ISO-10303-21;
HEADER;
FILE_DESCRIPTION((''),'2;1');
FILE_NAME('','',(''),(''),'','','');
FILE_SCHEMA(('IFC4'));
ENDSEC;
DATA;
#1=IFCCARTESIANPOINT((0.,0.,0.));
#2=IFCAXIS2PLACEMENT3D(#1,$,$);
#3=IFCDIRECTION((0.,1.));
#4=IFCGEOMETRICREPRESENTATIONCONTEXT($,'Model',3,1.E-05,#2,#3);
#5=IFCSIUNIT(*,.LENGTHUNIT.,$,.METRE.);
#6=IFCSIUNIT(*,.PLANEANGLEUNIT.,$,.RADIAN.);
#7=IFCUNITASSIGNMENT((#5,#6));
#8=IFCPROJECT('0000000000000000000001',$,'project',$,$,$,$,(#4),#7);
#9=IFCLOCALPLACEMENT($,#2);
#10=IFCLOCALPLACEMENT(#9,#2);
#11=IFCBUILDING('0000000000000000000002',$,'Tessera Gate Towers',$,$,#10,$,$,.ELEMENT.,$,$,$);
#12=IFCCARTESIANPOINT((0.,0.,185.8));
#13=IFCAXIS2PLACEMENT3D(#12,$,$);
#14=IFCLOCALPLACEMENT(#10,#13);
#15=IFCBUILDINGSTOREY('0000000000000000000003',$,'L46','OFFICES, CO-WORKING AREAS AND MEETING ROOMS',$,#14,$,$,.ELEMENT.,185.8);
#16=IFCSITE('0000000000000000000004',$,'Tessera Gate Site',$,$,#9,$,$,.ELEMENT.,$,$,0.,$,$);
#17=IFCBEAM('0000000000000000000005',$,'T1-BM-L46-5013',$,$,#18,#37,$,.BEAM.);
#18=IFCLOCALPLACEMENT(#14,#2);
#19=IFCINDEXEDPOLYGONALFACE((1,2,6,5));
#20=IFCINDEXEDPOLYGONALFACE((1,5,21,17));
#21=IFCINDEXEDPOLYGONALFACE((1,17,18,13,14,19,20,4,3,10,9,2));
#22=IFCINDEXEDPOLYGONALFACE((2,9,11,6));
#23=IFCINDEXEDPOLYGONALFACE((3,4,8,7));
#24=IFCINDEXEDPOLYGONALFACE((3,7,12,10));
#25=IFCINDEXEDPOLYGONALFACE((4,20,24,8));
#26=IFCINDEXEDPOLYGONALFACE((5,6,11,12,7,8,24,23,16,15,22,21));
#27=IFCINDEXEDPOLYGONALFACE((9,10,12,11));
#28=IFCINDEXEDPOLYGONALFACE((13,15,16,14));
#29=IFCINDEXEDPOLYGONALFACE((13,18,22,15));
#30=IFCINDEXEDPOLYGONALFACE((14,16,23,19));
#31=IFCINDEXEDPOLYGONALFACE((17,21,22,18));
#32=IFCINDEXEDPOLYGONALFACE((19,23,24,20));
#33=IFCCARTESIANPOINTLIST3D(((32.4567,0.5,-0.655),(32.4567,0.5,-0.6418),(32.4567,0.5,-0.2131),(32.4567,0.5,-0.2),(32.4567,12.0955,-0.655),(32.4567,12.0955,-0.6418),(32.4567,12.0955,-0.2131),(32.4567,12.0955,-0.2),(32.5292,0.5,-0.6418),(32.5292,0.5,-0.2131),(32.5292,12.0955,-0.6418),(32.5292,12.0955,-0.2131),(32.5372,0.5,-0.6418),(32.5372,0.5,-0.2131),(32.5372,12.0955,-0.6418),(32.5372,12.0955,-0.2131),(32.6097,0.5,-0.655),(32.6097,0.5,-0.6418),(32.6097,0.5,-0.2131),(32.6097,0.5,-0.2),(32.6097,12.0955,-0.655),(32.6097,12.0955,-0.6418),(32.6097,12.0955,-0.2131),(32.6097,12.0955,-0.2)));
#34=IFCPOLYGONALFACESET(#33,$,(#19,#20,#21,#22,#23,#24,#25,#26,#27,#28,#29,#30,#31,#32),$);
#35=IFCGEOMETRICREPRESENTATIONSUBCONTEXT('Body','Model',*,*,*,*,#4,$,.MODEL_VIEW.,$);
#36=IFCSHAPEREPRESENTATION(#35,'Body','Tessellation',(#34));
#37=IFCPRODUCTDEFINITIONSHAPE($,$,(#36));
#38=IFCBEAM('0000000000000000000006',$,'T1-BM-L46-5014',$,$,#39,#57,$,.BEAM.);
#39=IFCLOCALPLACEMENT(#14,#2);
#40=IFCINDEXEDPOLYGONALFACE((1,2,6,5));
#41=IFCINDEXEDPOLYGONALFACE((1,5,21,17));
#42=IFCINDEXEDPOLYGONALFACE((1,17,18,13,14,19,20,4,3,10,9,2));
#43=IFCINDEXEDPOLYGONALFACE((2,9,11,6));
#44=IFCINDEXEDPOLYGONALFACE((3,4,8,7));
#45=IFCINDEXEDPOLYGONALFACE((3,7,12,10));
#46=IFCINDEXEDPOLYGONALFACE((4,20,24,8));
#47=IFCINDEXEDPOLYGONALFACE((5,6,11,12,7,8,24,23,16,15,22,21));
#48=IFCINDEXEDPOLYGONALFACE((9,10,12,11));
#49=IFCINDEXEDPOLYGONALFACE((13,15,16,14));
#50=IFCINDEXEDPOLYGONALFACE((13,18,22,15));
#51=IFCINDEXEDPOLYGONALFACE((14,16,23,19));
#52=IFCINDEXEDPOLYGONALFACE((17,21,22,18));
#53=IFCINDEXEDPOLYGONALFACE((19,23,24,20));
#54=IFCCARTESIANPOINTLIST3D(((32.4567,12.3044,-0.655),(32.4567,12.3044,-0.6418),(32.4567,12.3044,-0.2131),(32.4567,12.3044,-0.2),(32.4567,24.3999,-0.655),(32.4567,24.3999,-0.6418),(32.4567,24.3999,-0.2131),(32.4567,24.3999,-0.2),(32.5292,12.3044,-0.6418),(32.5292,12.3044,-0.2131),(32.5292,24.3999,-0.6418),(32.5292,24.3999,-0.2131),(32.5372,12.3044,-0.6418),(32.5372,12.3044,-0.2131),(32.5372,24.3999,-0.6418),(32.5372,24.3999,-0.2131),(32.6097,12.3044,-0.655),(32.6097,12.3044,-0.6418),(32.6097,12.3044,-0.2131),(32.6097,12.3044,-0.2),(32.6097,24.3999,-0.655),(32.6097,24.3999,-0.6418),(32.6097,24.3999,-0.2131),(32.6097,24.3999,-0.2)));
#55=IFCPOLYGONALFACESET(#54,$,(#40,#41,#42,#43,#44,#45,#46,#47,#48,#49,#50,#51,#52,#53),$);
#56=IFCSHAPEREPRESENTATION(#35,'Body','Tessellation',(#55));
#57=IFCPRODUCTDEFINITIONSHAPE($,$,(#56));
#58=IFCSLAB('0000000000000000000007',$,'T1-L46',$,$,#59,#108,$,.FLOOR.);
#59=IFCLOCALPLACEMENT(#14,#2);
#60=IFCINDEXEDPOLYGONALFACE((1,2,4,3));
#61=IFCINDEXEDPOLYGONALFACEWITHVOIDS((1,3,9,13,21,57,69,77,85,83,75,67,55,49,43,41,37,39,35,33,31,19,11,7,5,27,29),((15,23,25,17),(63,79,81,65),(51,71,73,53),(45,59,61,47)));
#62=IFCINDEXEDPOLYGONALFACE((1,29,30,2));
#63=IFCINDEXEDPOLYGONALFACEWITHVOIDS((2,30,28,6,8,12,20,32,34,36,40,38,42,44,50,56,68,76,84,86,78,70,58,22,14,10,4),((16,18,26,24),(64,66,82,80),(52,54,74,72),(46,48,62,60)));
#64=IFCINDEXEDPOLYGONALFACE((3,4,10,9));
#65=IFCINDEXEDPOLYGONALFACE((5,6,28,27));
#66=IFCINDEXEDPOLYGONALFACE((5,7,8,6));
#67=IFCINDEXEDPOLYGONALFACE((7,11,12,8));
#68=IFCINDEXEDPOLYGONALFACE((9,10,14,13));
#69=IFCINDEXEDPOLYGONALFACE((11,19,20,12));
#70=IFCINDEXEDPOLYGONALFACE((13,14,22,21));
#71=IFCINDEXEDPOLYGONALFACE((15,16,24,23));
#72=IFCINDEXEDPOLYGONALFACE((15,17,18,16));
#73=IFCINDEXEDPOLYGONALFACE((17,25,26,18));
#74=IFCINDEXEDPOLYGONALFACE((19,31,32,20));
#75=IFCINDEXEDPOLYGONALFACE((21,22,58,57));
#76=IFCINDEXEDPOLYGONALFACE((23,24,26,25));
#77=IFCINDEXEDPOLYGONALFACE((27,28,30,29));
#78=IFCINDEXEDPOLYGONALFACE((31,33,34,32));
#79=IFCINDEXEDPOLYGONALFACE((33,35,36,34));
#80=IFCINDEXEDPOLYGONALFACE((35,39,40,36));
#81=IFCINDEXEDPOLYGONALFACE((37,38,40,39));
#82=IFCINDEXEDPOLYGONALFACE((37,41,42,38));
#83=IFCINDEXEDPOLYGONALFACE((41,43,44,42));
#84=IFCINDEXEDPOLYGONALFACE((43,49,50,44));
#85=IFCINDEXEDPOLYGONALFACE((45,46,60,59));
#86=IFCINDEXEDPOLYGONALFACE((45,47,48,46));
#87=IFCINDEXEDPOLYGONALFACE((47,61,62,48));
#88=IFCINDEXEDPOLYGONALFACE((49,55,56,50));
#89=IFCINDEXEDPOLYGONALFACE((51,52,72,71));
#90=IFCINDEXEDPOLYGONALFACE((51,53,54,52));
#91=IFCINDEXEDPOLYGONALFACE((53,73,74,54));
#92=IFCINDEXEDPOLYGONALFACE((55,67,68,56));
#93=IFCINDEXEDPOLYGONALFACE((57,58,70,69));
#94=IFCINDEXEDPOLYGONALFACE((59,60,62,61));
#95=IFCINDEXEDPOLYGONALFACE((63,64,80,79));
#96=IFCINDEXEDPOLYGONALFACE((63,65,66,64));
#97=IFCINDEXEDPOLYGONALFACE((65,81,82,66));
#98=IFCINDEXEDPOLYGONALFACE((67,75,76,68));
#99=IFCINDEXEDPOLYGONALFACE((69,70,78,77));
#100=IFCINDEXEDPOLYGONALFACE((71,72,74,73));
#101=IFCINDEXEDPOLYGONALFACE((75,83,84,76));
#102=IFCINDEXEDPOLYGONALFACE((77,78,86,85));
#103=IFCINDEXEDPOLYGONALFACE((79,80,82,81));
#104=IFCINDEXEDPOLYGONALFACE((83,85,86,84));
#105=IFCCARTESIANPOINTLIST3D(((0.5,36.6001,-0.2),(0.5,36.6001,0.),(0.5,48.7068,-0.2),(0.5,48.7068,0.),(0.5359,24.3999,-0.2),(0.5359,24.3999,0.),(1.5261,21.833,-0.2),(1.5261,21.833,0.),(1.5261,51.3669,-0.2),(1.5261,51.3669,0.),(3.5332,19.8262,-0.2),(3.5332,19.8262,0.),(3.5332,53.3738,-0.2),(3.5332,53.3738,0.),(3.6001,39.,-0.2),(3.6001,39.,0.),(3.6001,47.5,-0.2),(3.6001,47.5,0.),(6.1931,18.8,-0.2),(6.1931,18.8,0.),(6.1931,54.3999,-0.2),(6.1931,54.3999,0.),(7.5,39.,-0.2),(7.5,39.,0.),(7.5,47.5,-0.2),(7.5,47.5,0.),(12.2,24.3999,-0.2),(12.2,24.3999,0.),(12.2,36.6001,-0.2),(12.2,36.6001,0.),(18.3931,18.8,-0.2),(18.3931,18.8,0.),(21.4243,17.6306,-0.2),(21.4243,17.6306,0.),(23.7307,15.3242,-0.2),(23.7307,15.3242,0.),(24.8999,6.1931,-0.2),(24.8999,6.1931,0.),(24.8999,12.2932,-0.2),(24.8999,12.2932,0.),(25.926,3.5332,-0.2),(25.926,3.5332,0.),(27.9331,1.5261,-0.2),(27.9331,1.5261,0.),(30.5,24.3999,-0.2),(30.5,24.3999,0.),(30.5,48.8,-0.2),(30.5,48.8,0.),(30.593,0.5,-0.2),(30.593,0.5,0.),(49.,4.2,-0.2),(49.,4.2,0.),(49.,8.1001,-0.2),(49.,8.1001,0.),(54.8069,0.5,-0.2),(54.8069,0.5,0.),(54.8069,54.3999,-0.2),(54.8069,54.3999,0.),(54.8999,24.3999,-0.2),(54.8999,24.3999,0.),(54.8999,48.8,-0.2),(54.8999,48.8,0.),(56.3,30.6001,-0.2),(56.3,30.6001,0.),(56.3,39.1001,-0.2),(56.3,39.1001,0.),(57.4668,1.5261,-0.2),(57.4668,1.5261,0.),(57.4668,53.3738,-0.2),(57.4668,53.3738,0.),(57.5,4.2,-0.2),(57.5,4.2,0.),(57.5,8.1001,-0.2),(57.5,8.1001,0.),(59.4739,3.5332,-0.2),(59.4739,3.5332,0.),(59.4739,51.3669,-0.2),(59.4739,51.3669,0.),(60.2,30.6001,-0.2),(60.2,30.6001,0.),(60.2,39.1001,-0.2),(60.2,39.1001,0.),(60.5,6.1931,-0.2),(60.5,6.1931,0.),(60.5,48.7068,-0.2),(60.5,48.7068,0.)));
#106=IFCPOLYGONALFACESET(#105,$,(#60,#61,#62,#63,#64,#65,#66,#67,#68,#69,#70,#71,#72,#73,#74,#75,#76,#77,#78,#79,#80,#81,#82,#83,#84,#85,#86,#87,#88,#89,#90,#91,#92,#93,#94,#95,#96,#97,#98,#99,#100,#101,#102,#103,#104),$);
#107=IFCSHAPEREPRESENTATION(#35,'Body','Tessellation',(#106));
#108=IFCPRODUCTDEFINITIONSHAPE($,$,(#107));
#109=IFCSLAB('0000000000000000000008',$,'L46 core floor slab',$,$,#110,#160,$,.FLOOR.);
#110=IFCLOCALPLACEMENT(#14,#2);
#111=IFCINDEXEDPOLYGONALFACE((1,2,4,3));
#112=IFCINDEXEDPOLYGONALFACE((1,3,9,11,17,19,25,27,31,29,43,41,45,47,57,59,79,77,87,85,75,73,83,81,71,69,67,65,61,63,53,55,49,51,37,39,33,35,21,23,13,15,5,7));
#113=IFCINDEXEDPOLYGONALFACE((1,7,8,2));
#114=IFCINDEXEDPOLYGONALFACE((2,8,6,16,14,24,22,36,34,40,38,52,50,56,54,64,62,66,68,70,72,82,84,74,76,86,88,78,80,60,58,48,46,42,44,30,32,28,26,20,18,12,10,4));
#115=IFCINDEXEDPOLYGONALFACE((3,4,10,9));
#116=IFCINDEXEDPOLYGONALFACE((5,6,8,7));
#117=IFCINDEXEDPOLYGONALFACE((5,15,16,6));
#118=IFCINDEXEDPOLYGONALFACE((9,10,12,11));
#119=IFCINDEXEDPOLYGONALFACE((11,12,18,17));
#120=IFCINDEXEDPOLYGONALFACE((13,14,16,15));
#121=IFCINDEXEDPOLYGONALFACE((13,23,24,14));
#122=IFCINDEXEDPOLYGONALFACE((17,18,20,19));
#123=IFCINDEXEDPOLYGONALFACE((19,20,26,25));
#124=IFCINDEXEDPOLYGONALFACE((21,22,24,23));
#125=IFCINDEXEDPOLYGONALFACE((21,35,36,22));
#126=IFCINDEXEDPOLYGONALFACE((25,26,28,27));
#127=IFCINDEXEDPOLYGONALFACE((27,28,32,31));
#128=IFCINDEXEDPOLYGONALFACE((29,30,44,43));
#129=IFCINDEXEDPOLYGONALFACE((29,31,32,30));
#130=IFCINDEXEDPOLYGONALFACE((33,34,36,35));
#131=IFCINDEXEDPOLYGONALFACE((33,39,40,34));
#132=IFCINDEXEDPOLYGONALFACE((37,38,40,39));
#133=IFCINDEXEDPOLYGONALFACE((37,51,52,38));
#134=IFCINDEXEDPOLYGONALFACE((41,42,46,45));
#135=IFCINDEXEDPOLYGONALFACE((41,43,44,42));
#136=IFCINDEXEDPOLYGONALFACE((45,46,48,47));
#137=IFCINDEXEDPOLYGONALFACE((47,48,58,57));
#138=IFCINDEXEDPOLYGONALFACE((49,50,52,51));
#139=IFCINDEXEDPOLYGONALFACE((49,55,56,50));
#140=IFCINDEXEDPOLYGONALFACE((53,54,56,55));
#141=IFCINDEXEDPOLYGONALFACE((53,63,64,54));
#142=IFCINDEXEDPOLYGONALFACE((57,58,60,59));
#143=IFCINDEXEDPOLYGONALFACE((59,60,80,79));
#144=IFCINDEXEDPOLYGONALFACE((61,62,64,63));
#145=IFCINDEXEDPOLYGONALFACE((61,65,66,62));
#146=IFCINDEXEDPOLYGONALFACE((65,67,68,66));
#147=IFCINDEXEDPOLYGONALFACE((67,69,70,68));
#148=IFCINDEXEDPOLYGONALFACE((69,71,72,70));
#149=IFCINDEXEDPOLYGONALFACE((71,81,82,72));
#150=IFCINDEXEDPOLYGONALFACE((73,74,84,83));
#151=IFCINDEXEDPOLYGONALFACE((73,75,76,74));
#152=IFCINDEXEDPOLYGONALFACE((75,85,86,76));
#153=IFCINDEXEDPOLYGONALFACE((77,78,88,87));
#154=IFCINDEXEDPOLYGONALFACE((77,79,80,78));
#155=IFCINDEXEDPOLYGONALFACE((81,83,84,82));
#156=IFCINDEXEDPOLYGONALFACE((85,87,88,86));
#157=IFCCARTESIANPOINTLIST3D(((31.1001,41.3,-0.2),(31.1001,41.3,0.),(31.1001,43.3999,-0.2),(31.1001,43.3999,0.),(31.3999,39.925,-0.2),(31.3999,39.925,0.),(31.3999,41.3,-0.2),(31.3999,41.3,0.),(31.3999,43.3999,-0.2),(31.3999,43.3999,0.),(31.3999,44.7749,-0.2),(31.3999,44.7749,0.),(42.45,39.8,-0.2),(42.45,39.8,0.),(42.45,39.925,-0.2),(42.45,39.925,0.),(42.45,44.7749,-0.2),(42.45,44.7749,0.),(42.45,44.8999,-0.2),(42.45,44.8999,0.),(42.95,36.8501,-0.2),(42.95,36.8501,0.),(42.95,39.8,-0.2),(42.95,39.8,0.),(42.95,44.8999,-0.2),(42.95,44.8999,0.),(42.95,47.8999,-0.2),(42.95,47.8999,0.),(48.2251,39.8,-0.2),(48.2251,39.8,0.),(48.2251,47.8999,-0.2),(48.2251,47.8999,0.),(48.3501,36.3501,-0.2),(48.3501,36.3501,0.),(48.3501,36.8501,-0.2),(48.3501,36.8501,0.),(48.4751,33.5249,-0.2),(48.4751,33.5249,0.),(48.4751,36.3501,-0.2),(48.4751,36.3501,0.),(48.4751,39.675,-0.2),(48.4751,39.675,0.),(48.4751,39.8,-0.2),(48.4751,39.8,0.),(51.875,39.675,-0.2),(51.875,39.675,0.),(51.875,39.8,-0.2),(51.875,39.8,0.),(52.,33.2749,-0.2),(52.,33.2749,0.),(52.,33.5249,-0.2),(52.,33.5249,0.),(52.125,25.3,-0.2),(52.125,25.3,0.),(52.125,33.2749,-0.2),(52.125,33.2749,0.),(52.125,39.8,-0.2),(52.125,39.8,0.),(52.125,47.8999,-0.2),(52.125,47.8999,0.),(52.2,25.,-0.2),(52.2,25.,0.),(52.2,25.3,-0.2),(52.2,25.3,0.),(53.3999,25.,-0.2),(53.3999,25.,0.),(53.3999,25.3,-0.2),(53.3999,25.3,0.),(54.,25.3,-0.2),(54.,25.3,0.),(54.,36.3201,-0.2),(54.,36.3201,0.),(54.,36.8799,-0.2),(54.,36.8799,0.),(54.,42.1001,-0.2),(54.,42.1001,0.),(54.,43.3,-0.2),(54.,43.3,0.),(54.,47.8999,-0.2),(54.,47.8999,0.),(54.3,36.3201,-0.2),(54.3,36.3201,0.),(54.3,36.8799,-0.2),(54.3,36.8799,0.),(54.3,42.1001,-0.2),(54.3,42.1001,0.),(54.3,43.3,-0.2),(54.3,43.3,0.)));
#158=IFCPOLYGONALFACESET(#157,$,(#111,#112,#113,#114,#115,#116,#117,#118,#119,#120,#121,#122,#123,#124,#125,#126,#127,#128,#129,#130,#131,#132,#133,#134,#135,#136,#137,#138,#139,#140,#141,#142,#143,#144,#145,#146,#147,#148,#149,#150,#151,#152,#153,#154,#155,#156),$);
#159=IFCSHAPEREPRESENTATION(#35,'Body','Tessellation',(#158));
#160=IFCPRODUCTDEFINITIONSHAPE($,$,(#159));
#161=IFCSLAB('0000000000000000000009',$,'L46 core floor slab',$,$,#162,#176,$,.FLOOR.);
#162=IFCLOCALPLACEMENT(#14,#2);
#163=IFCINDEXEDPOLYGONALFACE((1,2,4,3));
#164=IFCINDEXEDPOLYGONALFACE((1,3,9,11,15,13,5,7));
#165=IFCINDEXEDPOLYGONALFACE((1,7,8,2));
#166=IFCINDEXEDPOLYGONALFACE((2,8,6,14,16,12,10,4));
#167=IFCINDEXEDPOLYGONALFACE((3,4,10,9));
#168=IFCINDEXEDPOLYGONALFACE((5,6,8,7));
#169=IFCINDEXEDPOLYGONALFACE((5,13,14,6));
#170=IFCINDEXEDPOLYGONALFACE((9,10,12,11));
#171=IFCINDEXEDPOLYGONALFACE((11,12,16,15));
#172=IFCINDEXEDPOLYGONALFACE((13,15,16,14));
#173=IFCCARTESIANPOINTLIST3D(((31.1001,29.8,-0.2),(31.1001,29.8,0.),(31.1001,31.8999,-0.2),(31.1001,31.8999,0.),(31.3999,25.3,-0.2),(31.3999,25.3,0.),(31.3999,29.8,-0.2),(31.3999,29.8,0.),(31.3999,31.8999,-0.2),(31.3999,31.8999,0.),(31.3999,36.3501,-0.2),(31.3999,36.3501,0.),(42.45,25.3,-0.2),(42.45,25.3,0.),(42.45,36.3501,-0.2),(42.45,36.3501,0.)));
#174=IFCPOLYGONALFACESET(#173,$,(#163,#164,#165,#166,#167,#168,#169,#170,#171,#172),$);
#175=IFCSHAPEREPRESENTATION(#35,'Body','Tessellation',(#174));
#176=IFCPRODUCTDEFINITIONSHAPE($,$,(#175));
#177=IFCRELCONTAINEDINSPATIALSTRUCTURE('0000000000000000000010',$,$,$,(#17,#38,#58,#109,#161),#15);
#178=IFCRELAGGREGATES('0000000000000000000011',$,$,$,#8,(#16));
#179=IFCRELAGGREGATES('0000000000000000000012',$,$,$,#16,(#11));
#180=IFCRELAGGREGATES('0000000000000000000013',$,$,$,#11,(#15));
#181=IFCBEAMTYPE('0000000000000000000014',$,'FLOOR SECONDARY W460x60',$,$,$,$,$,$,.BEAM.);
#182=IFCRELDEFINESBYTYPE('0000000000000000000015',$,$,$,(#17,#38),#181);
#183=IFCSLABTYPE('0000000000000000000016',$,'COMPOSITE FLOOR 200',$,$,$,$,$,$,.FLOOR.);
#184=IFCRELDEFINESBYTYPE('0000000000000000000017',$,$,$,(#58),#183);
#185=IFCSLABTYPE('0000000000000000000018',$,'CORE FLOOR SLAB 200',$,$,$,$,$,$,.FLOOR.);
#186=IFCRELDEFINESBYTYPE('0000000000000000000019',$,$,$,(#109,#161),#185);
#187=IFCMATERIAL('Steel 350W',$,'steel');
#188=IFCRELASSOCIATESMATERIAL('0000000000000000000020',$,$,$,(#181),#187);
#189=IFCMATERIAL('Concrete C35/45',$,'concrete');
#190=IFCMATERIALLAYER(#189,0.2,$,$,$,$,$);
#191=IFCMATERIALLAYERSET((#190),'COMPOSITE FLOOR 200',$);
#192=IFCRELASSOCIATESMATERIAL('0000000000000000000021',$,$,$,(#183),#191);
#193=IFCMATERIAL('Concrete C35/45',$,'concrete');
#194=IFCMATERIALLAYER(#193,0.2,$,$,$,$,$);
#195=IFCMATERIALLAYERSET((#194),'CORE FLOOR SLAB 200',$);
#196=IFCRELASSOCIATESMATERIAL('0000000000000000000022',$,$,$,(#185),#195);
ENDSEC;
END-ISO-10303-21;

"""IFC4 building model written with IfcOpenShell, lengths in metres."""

from ifc_helpers import new_model, si_unit, direction, frame, origin, origin_2d, place, context, subcontext, project, spatial, polyline, i_section, outline, extrude, material, layer, layer_set, material_profile, profile_set, type_object, element, save


model = new_model("IFC4")

# Units and contexts
model_context = context("Model", 3, precision=1e-05, world=origin(), true_north=direction((0.0, 1.0)))
body_context = subcontext(model_context, "Body", "Model", "MODEL_VIEW")
ifc_project = project(units=[si_unit("LENGTHUNIT", "METRE"), si_unit("PLANEANGLEUNIT", "RADIAN")], contexts=[model_context])

# Site, building, storey
site_placement = place(None, origin())
site = spatial("IfcSite", under=ifc_project, at=site_placement, Name="Tessera Gate Site", CompositionType="ELEMENT", RefElevation=0.0)
building_placement = place(site_placement, origin())
building = spatial("IfcBuilding", under=site, at=building_placement, Name="Tessera Gate Towers", CompositionType="ELEMENT")
storey_placement = place(building_placement, frame((0.0, 0.0, 185.8)))
storey = spatial("IfcBuildingStorey", under=building, at=storey_placement, Name="L46", Description="OFFICES, CO-WORKING AREAS AND MEETING ROOMS", CompositionType="ELEMENT", Elevation=185.8)

# Beams
ifc_material_1 = material(Name="Steel 350W", Category="steel")
ifc_material_profile_1 = material_profile(ifc_material_1, i_section(OverallWidth=0.1531, OverallDepth=0.4551, WebThickness=0.0081, FlangeThickness=0.0132, at=origin_2d()), Name="W460x60")
ifc_profile_set_1 = profile_set([ifc_material_profile_1], Name="Steel 350W")
beam_type_1 = type_object("IfcBeamType", Name="FLOOR SECONDARY W460x60", PredefinedType="BEAM", material=ifc_profile_set_1)
beam_1_placement = place(storey_placement, frame((32.5332, 0.5, -0.4275), z_axis=(0.0, 1.0, 0.0), x_axis=(-1.0, 0.0, 0.0)))
element("IfcBeam", 1, at=beam_1_placement, inside=storey, type_object=beam_type_1, Name="T1-BM-L46-5013", PredefinedType="BEAM", context=body_context, shape_type="SweptSolid", body=[
    extrude(i_section(OverallWidth=0.1531, OverallDepth=0.4551, WebThickness=0.0081, FlangeThickness=0.0132, at=origin_2d()), origin(), (0.0, 0.0, 1.0), 11.5955),
])
beam_2_placement = place(storey_placement, frame((32.5332, 12.3044, -0.4275), z_axis=(0.0, 1.0, 0.0), x_axis=(-1.0, 0.0, 0.0)))
element("IfcBeam", 2, at=beam_2_placement, inside=storey, type_object=beam_type_1, Name="T1-BM-L46-5014", PredefinedType="BEAM", context=body_context, shape_type="SweptSolid", body=[
    extrude(i_section(OverallWidth=0.1531, OverallDepth=0.4551, WebThickness=0.0081, FlangeThickness=0.0132, at=origin_2d()), origin(), (0.0, 0.0, 1.0), 12.0955),
])

# Slabs
ifc_material_2 = material(Name="Concrete C35/45", Category="concrete")
ifc_layer_1 = layer(ifc_material_2, 0.2)
ifc_layer_set_1 = layer_set([ifc_layer_1], Name="COMPOSITE FLOOR 200")
slab_type_1 = type_object("IfcSlabType", Name="COMPOSITE FLOOR 200", PredefinedType="FLOOR", material=ifc_layer_set_1)
slab_1_placement = place(storey_placement, frame((0.0, 0.0, -0.2)))
element("IfcSlab", 3, at=slab_1_placement, inside=storey, type_object=slab_type_1, Name="T1-L46", PredefinedType="FLOOR", context=body_context, shape_type="SweptSolid", body=[
    extrude(outline(polyline([(0.5, 36.6001), (12.2, 36.6001), (12.2, 24.3999), (0.5359, 24.3999), (1.5261, 21.833), (3.5332, 19.8262), (6.1931, 18.8), (18.3931, 18.8), (21.4243, 17.6306), (23.7307, 15.3242), (24.8999, 12.2932), (24.8999, 6.1931), (25.926, 3.5332), (27.9331, 1.5261), (30.593, 0.5), (54.8069, 0.5), (57.4668, 1.5261), (59.4739, 3.5332), (60.5, 6.1931), (60.5, 48.7068), (59.4739, 51.3669), (57.4668, 53.3738), (54.8069, 54.3999), (6.1931, 54.3999), (3.5332, 53.3738), (1.5261, 51.3669), (0.5, 48.7068), (0.5, 36.6001)]), holes=[polyline([(3.6001, 39.0), (3.6001, 47.5), (7.5, 47.5), (7.5, 39.0), (3.6001, 39.0)]), polyline([(30.5, 24.3999), (30.5, 48.8), (54.8999, 48.8), (54.8999, 24.3999), (30.5, 24.3999)]), polyline([(49.0, 4.2), (49.0, 8.1001), (57.5, 8.1001), (57.5, 4.2), (49.0, 4.2)]), polyline([(56.3, 30.6001), (56.3, 39.1001), (60.2, 39.1001), (60.2, 30.6001), (56.3, 30.6001)])]), origin(), (0.0, 0.0, 1.0), 0.2),
])
ifc_material_3 = material(Name="Concrete C35/45", Category="concrete")
ifc_layer_2 = layer(ifc_material_3, 0.2)
ifc_layer_set_2 = layer_set([ifc_layer_2], Name="CORE FLOOR SLAB 200")
slab_type_2 = type_object("IfcSlabType", Name="CORE FLOOR SLAB 200", PredefinedType="FLOOR", material=ifc_layer_set_2)
slab_2_placement = place(storey_placement, frame((0.0, 0.0, -0.2)))
element("IfcSlab", 4, at=slab_2_placement, inside=storey, type_object=slab_type_2, Name="L46 core floor slab", PredefinedType="FLOOR", context=body_context, shape_type="SweptSolid", body=[
    extrude(outline(polyline([(42.45, 44.8999), (42.45, 44.7749), (31.3999, 44.7749), (31.3999, 43.3999), (31.1001, 43.3999), (31.1001, 41.3), (31.3999, 41.3), (31.3999, 39.925), (42.45, 39.925), (42.45, 39.8), (42.95, 39.8), (42.95, 36.8501), (48.3501, 36.8501), (48.3501, 36.3501), (48.4751, 36.3501), (48.4751, 33.5249), (52.0, 33.5249), (52.0, 33.2749), (52.125, 33.2749), (52.125, 25.3), (52.2, 25.3), (52.2, 25.0), (53.3999, 25.0), (53.3999, 25.3), (54.0, 25.3), (54.0, 36.3201), (54.3, 36.3201), (54.3, 36.8799), (54.0, 36.8799), (54.0, 42.1001), (54.3, 42.1001), (54.3, 43.3), (54.0, 43.3), (54.0, 47.8999), (52.125, 47.8999), (52.125, 39.8), (51.875, 39.8), (51.875, 39.675), (48.4751, 39.675), (48.4751, 39.8), (48.2251, 39.8), (48.2251, 47.8999), (42.95, 47.8999), (42.95, 44.8999), (42.45, 44.8999)])), origin(), (0.0, 0.0, 1.0), 0.2),
])
slab_3_placement = place(storey_placement, frame((0.0, 0.0, -0.2)))
element("IfcSlab", 5, at=slab_3_placement, inside=storey, type_object=slab_type_2, Name="L46 core floor slab", PredefinedType="FLOOR", context=body_context, shape_type="SweptSolid", body=[
    extrude(outline(polyline([(31.3999, 36.3501), (31.3999, 31.8999), (31.1001, 31.8999), (31.1001, 29.8), (31.3999, 29.8), (31.3999, 25.3), (42.45, 25.3), (42.45, 36.3501), (31.3999, 36.3501)])), origin(), (0.0, 0.0, 1.0), 0.2),
])

save(model, "model.ifc")
